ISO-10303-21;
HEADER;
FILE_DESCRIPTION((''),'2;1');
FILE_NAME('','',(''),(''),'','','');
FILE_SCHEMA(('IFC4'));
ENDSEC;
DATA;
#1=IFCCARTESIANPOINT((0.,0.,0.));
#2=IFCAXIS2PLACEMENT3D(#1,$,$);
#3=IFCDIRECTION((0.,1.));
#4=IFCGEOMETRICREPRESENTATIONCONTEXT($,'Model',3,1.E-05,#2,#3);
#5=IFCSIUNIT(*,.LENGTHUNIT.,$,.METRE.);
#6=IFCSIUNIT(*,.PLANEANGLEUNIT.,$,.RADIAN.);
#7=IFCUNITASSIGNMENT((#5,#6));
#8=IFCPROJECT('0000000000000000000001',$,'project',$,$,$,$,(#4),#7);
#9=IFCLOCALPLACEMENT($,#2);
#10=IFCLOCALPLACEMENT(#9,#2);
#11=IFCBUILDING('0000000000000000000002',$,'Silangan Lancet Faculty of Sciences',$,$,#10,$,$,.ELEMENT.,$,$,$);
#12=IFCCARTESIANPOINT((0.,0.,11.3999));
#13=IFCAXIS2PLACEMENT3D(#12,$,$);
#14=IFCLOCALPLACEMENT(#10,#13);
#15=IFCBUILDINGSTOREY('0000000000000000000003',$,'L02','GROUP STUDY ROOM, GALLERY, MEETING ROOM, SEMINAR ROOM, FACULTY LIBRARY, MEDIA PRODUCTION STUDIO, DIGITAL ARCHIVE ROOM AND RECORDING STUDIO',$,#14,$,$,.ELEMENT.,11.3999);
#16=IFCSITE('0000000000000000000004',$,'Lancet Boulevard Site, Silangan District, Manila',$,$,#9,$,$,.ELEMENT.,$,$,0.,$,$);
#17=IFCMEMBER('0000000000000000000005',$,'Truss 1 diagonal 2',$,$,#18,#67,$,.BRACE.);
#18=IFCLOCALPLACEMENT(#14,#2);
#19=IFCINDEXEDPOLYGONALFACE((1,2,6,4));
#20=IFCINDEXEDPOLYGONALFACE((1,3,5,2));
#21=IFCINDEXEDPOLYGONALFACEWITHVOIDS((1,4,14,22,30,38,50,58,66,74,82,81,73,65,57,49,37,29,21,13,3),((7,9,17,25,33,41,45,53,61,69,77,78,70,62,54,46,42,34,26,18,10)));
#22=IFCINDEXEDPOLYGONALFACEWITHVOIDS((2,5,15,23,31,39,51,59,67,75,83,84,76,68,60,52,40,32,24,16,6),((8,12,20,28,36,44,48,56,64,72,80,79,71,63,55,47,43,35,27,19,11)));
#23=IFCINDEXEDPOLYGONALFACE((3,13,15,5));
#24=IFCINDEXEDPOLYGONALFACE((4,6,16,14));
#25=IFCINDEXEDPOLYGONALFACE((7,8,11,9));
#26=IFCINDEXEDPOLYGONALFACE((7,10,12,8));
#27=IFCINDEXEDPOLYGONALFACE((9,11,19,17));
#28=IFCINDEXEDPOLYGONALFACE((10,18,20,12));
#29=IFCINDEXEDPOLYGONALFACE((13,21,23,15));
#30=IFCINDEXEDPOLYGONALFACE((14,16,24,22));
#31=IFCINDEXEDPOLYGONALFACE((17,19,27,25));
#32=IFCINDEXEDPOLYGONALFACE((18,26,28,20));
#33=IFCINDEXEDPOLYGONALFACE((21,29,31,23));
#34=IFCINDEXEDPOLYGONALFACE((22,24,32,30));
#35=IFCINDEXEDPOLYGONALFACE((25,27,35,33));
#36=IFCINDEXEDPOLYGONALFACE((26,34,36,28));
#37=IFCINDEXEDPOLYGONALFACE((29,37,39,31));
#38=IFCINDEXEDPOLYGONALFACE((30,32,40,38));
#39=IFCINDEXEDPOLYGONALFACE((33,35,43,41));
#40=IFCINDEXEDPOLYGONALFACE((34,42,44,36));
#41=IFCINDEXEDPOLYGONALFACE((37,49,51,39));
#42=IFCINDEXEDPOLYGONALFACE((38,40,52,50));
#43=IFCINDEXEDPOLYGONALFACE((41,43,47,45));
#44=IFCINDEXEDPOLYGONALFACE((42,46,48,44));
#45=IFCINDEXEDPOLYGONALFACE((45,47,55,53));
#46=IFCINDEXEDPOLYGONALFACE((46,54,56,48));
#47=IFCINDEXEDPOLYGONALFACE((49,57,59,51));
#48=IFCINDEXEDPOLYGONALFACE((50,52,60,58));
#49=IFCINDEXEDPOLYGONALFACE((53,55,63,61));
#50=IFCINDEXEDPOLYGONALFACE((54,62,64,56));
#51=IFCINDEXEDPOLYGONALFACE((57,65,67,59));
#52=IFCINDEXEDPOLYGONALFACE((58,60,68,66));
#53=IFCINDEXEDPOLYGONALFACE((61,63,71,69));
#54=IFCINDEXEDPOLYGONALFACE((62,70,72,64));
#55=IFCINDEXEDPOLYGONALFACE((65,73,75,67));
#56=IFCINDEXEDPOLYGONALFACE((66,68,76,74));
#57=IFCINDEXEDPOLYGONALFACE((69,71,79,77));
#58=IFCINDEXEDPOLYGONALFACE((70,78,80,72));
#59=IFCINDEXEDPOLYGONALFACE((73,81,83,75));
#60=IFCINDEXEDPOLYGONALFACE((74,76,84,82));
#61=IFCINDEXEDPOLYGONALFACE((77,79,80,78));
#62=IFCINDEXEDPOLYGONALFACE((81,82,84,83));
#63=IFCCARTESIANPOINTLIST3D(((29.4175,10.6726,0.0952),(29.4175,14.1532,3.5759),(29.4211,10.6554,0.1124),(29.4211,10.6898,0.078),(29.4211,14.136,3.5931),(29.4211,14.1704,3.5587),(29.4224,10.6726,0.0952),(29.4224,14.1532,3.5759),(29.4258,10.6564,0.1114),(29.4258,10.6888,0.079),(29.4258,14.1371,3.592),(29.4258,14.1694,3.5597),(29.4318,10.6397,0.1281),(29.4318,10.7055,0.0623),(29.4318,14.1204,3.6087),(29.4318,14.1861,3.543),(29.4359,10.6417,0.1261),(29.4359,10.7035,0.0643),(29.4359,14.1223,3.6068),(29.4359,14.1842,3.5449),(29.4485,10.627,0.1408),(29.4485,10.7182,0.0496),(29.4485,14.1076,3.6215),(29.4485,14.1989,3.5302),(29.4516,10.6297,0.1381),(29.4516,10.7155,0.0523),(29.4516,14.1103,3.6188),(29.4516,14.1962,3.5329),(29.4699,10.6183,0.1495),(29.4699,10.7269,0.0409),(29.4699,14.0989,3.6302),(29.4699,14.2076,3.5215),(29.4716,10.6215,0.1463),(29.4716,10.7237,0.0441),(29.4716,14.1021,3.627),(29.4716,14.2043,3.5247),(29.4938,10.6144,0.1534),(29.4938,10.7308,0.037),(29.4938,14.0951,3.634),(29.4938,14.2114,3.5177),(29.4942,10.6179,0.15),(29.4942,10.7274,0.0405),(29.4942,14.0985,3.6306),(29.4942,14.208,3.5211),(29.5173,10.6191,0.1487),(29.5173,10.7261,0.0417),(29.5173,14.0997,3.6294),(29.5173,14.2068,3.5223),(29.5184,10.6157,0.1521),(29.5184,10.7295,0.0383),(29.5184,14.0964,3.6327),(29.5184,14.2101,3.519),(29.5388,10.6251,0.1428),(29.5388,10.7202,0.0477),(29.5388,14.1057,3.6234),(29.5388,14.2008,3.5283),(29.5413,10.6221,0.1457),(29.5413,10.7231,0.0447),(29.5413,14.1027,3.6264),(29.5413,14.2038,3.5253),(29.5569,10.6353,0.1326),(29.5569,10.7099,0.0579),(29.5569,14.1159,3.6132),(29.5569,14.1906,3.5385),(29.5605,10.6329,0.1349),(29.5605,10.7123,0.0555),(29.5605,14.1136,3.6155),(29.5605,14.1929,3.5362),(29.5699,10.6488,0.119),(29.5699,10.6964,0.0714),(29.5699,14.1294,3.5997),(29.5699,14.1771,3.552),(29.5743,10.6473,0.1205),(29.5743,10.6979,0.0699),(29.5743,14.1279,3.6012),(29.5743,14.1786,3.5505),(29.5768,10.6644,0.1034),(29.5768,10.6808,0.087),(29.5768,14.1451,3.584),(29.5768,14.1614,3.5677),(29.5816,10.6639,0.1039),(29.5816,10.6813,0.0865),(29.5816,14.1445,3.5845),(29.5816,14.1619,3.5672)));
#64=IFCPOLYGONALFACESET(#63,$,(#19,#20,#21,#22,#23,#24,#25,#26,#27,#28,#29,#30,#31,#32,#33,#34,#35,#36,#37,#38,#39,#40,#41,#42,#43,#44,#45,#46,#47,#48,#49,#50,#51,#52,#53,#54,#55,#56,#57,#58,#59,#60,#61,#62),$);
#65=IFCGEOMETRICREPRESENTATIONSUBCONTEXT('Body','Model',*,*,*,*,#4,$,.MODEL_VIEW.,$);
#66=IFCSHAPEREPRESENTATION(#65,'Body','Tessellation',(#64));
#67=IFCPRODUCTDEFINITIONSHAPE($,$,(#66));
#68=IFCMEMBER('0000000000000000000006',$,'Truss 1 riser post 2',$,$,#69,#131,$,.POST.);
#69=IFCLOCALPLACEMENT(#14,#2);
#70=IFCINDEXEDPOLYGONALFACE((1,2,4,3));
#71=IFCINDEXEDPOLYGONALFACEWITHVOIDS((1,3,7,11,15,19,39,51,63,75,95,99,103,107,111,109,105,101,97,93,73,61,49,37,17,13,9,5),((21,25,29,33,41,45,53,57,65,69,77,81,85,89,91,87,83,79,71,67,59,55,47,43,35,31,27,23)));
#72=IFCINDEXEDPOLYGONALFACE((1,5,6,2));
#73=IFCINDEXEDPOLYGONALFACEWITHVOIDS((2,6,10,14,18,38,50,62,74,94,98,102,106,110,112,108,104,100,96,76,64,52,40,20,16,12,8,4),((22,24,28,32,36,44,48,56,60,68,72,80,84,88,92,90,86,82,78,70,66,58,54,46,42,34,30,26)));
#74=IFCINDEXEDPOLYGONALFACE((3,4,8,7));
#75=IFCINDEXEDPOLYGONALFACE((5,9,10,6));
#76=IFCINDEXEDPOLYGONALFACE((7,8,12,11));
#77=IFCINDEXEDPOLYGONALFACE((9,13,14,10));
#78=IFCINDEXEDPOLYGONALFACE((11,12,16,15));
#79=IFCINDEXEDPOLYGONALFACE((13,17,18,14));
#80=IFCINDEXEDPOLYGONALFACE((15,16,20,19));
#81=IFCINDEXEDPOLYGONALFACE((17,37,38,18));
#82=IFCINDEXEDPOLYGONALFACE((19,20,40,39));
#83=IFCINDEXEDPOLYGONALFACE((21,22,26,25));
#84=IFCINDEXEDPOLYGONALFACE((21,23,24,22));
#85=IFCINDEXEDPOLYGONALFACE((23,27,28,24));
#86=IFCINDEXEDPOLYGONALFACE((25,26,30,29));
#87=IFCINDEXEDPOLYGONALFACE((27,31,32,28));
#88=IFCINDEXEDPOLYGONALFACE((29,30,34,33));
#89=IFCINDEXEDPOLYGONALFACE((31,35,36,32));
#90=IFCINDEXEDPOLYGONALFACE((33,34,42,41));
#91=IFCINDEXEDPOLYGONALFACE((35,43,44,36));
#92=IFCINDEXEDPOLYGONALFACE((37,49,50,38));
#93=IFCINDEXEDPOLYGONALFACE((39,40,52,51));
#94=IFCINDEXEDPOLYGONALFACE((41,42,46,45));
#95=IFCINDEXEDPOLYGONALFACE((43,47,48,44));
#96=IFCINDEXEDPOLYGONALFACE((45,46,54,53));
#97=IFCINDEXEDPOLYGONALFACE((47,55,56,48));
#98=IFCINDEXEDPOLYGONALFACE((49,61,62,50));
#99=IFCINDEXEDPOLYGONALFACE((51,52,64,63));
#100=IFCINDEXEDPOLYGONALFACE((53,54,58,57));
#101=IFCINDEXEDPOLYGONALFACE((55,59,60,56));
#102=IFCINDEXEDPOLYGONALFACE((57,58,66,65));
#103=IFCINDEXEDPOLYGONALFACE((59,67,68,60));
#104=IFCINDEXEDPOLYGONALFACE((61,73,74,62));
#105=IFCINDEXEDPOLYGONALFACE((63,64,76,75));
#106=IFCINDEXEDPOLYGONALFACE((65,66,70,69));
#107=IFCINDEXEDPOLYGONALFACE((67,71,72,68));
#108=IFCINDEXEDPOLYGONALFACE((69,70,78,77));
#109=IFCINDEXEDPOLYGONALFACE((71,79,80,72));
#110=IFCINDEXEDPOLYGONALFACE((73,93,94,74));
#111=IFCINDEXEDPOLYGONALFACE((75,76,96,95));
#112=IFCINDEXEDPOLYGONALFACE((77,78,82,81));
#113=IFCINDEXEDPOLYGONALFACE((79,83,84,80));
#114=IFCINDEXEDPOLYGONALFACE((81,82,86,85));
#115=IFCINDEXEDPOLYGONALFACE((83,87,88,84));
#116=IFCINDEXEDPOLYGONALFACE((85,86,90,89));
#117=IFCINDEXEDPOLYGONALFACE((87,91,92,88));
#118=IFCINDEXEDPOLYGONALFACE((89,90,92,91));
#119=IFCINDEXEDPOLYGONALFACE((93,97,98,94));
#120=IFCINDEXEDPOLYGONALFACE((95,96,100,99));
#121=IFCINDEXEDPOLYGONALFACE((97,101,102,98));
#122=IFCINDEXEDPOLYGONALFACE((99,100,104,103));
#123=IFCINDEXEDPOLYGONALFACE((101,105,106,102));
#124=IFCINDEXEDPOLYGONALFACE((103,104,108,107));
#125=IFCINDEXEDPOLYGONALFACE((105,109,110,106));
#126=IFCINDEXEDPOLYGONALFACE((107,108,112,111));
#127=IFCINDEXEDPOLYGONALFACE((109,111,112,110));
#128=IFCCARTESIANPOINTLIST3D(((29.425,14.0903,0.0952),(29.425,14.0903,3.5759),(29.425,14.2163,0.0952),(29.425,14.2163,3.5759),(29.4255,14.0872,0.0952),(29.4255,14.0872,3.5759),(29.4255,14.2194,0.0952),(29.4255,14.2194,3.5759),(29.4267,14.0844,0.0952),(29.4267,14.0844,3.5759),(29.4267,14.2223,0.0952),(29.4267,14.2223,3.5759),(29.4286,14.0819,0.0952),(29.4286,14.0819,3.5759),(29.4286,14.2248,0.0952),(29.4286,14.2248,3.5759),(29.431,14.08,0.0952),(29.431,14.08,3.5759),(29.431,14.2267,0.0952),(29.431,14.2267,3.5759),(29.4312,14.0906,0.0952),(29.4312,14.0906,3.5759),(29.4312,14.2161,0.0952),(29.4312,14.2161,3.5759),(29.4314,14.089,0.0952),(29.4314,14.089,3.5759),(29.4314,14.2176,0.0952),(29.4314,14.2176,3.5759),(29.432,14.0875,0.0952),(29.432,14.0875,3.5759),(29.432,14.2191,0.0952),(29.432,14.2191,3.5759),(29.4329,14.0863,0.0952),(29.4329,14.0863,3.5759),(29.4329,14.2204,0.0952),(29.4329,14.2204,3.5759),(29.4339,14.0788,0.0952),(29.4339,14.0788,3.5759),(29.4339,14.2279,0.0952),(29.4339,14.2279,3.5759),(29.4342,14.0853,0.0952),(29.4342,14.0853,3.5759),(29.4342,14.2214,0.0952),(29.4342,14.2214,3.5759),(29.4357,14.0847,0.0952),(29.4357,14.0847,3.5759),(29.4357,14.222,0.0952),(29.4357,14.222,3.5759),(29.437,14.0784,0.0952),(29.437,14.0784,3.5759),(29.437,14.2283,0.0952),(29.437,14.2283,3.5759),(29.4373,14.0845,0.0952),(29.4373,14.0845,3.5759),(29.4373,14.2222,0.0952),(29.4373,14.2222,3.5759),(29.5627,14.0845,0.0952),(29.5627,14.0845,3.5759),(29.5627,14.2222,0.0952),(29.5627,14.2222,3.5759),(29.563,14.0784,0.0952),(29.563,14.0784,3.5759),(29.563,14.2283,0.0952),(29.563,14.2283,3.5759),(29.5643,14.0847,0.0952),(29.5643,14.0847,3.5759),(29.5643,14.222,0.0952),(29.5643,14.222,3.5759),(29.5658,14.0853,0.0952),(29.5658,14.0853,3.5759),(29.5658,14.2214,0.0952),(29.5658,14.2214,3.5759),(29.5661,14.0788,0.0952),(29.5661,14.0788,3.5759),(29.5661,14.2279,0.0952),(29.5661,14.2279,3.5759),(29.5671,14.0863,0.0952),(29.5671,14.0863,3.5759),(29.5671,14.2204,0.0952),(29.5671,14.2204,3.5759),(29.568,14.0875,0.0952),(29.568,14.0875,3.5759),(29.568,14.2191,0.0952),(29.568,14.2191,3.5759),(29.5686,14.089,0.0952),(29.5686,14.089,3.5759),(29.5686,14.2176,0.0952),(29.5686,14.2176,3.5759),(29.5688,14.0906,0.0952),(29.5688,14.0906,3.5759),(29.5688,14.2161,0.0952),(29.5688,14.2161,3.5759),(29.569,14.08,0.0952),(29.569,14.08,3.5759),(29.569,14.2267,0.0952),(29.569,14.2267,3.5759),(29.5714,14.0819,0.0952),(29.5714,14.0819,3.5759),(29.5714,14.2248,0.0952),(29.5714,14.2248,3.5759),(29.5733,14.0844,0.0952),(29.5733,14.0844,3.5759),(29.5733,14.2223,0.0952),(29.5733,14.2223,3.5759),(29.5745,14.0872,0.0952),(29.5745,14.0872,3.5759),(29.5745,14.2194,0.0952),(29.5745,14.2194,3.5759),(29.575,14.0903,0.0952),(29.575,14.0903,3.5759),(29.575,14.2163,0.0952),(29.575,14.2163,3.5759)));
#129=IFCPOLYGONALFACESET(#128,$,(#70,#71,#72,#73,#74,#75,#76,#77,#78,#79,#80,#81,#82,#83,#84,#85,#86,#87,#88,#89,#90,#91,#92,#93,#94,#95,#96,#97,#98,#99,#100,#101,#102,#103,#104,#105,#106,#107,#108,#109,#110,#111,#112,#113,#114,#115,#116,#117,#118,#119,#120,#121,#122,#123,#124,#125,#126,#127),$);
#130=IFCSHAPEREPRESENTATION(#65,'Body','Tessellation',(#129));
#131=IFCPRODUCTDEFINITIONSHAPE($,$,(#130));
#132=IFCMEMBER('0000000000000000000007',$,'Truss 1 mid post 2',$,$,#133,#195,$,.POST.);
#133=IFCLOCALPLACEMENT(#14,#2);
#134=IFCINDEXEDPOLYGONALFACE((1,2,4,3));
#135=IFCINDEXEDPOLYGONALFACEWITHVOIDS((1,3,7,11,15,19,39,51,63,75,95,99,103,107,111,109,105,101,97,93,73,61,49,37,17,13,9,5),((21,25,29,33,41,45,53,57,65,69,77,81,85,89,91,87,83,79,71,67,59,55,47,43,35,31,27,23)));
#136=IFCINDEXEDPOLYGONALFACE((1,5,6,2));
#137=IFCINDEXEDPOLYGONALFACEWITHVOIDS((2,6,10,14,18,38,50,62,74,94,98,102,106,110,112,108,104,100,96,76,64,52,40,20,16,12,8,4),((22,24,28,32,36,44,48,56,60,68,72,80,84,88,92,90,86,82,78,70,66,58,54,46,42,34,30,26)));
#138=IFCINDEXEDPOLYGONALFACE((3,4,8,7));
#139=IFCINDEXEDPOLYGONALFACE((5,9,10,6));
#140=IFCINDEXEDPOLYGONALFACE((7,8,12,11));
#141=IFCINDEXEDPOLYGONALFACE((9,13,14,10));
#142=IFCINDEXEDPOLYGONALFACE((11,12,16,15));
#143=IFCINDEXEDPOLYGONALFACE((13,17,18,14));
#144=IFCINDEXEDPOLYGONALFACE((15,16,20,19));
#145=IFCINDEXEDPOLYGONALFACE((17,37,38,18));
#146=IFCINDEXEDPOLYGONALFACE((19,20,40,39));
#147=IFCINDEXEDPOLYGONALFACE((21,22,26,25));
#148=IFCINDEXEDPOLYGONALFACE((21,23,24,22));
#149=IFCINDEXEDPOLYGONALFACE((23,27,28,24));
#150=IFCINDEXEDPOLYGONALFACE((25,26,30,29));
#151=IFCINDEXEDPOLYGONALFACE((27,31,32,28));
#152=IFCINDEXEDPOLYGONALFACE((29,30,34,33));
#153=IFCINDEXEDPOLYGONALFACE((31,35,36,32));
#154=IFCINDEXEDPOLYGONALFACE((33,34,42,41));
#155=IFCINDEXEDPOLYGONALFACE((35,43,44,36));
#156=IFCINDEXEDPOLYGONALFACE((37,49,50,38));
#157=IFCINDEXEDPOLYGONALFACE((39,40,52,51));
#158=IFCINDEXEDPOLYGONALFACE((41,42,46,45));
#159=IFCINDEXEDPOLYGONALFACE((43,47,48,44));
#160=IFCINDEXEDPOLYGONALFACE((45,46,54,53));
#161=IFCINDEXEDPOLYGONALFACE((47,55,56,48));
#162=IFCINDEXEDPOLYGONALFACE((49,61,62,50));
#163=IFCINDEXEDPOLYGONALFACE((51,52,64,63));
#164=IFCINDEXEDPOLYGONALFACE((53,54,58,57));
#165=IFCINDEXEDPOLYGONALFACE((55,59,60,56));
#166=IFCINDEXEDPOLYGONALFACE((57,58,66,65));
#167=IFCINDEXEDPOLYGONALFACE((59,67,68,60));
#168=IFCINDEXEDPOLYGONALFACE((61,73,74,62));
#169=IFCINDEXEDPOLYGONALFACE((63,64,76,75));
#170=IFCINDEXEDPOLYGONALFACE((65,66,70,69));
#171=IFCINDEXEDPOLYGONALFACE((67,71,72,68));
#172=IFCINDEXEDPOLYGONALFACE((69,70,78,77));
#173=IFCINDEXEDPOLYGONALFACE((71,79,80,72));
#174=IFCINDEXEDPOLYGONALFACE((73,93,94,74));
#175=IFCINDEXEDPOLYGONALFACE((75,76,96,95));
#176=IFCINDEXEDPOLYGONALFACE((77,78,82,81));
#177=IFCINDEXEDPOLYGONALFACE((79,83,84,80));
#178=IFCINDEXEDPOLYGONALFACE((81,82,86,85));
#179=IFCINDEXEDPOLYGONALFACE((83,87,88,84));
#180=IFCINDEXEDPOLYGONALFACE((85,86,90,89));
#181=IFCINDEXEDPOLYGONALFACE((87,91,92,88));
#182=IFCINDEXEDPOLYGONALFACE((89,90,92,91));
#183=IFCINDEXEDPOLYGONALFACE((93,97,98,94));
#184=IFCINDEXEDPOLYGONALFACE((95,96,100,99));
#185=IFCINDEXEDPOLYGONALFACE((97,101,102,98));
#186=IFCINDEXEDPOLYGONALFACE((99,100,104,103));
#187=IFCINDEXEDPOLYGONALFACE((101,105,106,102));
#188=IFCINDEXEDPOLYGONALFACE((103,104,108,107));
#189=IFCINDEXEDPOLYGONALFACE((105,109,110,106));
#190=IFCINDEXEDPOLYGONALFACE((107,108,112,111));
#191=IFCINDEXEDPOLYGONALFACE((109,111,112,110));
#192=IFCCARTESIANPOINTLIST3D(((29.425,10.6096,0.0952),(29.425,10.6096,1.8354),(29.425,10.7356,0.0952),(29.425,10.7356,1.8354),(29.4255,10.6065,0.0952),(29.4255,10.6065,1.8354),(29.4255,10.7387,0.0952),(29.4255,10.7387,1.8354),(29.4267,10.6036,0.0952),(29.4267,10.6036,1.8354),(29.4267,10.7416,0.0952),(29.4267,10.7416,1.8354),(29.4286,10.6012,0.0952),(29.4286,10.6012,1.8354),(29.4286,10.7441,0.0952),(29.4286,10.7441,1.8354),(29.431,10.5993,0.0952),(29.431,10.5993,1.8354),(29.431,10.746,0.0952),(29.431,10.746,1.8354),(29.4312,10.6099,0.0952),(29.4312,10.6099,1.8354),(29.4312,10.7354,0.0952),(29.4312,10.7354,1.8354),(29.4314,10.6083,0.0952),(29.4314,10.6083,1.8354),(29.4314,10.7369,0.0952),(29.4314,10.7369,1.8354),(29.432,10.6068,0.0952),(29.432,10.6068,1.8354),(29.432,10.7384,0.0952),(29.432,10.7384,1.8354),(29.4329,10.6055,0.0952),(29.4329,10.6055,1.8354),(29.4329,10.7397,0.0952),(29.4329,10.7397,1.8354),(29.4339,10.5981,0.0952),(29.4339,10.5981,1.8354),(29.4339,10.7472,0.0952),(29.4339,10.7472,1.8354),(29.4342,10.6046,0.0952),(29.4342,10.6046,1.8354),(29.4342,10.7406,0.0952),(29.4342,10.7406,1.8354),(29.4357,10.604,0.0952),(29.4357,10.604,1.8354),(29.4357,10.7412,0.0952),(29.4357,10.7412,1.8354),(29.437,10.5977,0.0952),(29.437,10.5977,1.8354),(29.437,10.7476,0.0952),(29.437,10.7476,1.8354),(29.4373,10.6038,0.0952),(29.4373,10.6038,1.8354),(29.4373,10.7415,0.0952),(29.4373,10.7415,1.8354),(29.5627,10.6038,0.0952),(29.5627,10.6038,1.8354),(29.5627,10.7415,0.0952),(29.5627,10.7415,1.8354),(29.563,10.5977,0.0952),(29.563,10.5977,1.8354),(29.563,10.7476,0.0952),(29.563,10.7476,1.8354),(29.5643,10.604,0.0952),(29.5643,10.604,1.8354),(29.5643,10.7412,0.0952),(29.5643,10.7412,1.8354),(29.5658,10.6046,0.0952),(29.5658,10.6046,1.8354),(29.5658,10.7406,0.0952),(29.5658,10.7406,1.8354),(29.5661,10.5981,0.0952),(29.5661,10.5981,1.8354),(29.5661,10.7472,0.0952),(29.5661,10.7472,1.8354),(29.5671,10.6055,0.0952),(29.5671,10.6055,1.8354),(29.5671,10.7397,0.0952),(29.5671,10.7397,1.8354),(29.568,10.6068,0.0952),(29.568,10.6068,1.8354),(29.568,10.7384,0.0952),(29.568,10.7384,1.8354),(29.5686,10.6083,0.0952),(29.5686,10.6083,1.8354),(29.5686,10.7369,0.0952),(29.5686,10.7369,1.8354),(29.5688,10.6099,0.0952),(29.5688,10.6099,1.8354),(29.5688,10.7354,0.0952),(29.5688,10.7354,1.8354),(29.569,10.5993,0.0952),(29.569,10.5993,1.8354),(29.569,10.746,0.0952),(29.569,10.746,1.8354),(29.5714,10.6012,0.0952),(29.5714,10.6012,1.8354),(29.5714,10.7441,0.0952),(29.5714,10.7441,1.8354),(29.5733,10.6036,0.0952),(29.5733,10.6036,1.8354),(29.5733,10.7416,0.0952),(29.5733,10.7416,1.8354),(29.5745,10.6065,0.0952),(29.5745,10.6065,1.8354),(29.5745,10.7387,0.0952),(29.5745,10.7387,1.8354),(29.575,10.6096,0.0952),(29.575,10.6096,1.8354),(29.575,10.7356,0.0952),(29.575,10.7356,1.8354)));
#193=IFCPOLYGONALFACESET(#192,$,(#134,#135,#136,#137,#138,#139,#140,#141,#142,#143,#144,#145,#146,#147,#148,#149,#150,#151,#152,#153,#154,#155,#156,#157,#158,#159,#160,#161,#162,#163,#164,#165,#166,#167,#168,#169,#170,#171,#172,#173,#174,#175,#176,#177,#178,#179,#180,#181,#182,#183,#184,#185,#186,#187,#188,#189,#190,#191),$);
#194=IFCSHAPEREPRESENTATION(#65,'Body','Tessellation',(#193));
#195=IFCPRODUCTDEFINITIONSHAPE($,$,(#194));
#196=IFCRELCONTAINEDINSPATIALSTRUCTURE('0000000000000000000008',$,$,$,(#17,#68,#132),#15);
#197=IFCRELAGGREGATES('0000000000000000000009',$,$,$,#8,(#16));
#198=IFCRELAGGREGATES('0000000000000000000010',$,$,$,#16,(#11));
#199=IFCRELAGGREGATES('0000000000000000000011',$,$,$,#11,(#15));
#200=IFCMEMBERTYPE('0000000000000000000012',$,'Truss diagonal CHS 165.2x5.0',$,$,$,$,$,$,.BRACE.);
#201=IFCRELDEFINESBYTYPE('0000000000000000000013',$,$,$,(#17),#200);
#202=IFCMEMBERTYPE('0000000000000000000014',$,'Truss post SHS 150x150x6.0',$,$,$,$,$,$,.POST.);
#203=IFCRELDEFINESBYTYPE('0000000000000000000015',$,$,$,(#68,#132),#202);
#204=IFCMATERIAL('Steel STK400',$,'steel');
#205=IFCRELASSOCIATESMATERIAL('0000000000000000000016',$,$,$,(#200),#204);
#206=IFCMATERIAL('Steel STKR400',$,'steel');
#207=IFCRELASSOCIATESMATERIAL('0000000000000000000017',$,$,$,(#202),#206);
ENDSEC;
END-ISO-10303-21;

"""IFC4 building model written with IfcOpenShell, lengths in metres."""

from ifc_helpers import new_model, si_unit, direction, frame, origin, origin_2d, place, context, subcontext, project, spatial, hollow_rectangle, hollow_circle, extrude, material, material_profile, profile_set, type_object, element, save


model = new_model("IFC4")

# Units and contexts
model_context = context("Model", 3, precision=1e-05, world=origin(), true_north=direction((0.0, 1.0)))
body_context = subcontext(model_context, "Body", "Model", "MODEL_VIEW")
ifc_project = project(units=[si_unit("LENGTHUNIT", "METRE"), si_unit("PLANEANGLEUNIT", "RADIAN")], contexts=[model_context])

# Site, building, storey
site_placement = place(None, origin())
site = spatial("IfcSite", under=ifc_project, at=site_placement, Name="Lancet Boulevard Site, Silangan District, Manila", CompositionType="ELEMENT", RefElevation=0.0)
building_placement = place(site_placement, origin())
building = spatial("IfcBuilding", under=site, at=building_placement, Name="Silangan Lancet Faculty of Sciences", CompositionType="ELEMENT")
storey_placement = place(building_placement, frame((0.0, 0.0, 11.3999)))
storey = spatial("IfcBuildingStorey", under=building, at=storey_placement, Name="L02", Description="GROUP STUDY ROOM, GALLERY, MEETING ROOM, SEMINAR ROOM, FACULTY LIBRARY, MEDIA PRODUCTION STUDIO, DIGITAL ARCHIVE ROOM AND RECORDING STUDIO", CompositionType="ELEMENT", Elevation=11.3999)

# Members
ifc_material_1 = material(Name="Steel STK400", Category="steel")
ifc_material_profile_1 = material_profile(ifc_material_1, hollow_circle(Radius=0.0825, WallThickness=0.0049, at=origin_2d()), Name="CHS 165.2x5.0")
ifc_profile_set_1 = profile_set([ifc_material_profile_1], Name="Steel STK400")
member_type_1 = type_object("IfcMemberType", Name="Truss diagonal CHS 165.2x5.0", PredefinedType="BRACE", material=ifc_profile_set_1)
member_1_placement = place(storey_placement, frame((29.5, 10.6726, 0.0952), z_axis=(0.0, 0.707107, 0.707107), x_axis=(-1.0, 0.0, 0.0)))
element("IfcMember", 1, at=member_1_placement, inside=storey, type_object=member_type_1, Name="Truss 1 diagonal 2", PredefinedType="BRACE", context=body_context, shape_type="SweptSolid", body=[
    extrude(hollow_circle(Radius=0.0825, WallThickness=0.0049, at=origin_2d()), origin(), (0.0, 0.0, 1.0), 4.9224),
])
ifc_material_2 = material(Name="Steel STKR400", Category="steel")
ifc_material_profile_2 = material_profile(ifc_material_2, hollow_rectangle(XDim=0.1499, YDim=0.1499, WallThickness=0.0061, InnerFilletRadius=0.0061, OuterFilletRadius=0.012, at=origin_2d()), Name="SHS 150x150x6.0")
ifc_profile_set_2 = profile_set([ifc_material_profile_2], Name="Steel STKR400")
member_type_2 = type_object("IfcMemberType", Name="Truss post SHS 150x150x6.0", PredefinedType="POST", material=ifc_profile_set_2)
member_2_placement = place(storey_placement, frame((29.5, 14.1533, 0.0952), z_axis=(0.0, 0.0, 1.0), x_axis=(1.0, 0.0, 0.0)))
element("IfcMember", 2, at=member_2_placement, inside=storey, type_object=member_type_2, Name="Truss 1 riser post 2", PredefinedType="POST", context=body_context, shape_type="SweptSolid", body=[
    extrude(hollow_rectangle(XDim=0.1499, YDim=0.1499, WallThickness=0.0061, InnerFilletRadius=0.0061, OuterFilletRadius=0.012, at=origin_2d()), origin(), (0.0, 0.0, 1.0), 3.4807),
])
member_3_placement = place(storey_placement, frame((29.5, 10.6726, 0.0952), z_axis=(0.0, 0.0, 1.0), x_axis=(1.0, 0.0, 0.0)))
element("IfcMember", 3, at=member_3_placement, inside=storey, type_object=member_type_2, Name="Truss 1 mid post 2", PredefinedType="POST", context=body_context, shape_type="SweptSolid", body=[
    extrude(hollow_rectangle(XDim=0.1499, YDim=0.1499, WallThickness=0.0061, InnerFilletRadius=0.0061, OuterFilletRadius=0.012, at=origin_2d()), origin(), (0.0, 0.0, 1.0), 1.7402),
])

save(model, "model.ifc")
